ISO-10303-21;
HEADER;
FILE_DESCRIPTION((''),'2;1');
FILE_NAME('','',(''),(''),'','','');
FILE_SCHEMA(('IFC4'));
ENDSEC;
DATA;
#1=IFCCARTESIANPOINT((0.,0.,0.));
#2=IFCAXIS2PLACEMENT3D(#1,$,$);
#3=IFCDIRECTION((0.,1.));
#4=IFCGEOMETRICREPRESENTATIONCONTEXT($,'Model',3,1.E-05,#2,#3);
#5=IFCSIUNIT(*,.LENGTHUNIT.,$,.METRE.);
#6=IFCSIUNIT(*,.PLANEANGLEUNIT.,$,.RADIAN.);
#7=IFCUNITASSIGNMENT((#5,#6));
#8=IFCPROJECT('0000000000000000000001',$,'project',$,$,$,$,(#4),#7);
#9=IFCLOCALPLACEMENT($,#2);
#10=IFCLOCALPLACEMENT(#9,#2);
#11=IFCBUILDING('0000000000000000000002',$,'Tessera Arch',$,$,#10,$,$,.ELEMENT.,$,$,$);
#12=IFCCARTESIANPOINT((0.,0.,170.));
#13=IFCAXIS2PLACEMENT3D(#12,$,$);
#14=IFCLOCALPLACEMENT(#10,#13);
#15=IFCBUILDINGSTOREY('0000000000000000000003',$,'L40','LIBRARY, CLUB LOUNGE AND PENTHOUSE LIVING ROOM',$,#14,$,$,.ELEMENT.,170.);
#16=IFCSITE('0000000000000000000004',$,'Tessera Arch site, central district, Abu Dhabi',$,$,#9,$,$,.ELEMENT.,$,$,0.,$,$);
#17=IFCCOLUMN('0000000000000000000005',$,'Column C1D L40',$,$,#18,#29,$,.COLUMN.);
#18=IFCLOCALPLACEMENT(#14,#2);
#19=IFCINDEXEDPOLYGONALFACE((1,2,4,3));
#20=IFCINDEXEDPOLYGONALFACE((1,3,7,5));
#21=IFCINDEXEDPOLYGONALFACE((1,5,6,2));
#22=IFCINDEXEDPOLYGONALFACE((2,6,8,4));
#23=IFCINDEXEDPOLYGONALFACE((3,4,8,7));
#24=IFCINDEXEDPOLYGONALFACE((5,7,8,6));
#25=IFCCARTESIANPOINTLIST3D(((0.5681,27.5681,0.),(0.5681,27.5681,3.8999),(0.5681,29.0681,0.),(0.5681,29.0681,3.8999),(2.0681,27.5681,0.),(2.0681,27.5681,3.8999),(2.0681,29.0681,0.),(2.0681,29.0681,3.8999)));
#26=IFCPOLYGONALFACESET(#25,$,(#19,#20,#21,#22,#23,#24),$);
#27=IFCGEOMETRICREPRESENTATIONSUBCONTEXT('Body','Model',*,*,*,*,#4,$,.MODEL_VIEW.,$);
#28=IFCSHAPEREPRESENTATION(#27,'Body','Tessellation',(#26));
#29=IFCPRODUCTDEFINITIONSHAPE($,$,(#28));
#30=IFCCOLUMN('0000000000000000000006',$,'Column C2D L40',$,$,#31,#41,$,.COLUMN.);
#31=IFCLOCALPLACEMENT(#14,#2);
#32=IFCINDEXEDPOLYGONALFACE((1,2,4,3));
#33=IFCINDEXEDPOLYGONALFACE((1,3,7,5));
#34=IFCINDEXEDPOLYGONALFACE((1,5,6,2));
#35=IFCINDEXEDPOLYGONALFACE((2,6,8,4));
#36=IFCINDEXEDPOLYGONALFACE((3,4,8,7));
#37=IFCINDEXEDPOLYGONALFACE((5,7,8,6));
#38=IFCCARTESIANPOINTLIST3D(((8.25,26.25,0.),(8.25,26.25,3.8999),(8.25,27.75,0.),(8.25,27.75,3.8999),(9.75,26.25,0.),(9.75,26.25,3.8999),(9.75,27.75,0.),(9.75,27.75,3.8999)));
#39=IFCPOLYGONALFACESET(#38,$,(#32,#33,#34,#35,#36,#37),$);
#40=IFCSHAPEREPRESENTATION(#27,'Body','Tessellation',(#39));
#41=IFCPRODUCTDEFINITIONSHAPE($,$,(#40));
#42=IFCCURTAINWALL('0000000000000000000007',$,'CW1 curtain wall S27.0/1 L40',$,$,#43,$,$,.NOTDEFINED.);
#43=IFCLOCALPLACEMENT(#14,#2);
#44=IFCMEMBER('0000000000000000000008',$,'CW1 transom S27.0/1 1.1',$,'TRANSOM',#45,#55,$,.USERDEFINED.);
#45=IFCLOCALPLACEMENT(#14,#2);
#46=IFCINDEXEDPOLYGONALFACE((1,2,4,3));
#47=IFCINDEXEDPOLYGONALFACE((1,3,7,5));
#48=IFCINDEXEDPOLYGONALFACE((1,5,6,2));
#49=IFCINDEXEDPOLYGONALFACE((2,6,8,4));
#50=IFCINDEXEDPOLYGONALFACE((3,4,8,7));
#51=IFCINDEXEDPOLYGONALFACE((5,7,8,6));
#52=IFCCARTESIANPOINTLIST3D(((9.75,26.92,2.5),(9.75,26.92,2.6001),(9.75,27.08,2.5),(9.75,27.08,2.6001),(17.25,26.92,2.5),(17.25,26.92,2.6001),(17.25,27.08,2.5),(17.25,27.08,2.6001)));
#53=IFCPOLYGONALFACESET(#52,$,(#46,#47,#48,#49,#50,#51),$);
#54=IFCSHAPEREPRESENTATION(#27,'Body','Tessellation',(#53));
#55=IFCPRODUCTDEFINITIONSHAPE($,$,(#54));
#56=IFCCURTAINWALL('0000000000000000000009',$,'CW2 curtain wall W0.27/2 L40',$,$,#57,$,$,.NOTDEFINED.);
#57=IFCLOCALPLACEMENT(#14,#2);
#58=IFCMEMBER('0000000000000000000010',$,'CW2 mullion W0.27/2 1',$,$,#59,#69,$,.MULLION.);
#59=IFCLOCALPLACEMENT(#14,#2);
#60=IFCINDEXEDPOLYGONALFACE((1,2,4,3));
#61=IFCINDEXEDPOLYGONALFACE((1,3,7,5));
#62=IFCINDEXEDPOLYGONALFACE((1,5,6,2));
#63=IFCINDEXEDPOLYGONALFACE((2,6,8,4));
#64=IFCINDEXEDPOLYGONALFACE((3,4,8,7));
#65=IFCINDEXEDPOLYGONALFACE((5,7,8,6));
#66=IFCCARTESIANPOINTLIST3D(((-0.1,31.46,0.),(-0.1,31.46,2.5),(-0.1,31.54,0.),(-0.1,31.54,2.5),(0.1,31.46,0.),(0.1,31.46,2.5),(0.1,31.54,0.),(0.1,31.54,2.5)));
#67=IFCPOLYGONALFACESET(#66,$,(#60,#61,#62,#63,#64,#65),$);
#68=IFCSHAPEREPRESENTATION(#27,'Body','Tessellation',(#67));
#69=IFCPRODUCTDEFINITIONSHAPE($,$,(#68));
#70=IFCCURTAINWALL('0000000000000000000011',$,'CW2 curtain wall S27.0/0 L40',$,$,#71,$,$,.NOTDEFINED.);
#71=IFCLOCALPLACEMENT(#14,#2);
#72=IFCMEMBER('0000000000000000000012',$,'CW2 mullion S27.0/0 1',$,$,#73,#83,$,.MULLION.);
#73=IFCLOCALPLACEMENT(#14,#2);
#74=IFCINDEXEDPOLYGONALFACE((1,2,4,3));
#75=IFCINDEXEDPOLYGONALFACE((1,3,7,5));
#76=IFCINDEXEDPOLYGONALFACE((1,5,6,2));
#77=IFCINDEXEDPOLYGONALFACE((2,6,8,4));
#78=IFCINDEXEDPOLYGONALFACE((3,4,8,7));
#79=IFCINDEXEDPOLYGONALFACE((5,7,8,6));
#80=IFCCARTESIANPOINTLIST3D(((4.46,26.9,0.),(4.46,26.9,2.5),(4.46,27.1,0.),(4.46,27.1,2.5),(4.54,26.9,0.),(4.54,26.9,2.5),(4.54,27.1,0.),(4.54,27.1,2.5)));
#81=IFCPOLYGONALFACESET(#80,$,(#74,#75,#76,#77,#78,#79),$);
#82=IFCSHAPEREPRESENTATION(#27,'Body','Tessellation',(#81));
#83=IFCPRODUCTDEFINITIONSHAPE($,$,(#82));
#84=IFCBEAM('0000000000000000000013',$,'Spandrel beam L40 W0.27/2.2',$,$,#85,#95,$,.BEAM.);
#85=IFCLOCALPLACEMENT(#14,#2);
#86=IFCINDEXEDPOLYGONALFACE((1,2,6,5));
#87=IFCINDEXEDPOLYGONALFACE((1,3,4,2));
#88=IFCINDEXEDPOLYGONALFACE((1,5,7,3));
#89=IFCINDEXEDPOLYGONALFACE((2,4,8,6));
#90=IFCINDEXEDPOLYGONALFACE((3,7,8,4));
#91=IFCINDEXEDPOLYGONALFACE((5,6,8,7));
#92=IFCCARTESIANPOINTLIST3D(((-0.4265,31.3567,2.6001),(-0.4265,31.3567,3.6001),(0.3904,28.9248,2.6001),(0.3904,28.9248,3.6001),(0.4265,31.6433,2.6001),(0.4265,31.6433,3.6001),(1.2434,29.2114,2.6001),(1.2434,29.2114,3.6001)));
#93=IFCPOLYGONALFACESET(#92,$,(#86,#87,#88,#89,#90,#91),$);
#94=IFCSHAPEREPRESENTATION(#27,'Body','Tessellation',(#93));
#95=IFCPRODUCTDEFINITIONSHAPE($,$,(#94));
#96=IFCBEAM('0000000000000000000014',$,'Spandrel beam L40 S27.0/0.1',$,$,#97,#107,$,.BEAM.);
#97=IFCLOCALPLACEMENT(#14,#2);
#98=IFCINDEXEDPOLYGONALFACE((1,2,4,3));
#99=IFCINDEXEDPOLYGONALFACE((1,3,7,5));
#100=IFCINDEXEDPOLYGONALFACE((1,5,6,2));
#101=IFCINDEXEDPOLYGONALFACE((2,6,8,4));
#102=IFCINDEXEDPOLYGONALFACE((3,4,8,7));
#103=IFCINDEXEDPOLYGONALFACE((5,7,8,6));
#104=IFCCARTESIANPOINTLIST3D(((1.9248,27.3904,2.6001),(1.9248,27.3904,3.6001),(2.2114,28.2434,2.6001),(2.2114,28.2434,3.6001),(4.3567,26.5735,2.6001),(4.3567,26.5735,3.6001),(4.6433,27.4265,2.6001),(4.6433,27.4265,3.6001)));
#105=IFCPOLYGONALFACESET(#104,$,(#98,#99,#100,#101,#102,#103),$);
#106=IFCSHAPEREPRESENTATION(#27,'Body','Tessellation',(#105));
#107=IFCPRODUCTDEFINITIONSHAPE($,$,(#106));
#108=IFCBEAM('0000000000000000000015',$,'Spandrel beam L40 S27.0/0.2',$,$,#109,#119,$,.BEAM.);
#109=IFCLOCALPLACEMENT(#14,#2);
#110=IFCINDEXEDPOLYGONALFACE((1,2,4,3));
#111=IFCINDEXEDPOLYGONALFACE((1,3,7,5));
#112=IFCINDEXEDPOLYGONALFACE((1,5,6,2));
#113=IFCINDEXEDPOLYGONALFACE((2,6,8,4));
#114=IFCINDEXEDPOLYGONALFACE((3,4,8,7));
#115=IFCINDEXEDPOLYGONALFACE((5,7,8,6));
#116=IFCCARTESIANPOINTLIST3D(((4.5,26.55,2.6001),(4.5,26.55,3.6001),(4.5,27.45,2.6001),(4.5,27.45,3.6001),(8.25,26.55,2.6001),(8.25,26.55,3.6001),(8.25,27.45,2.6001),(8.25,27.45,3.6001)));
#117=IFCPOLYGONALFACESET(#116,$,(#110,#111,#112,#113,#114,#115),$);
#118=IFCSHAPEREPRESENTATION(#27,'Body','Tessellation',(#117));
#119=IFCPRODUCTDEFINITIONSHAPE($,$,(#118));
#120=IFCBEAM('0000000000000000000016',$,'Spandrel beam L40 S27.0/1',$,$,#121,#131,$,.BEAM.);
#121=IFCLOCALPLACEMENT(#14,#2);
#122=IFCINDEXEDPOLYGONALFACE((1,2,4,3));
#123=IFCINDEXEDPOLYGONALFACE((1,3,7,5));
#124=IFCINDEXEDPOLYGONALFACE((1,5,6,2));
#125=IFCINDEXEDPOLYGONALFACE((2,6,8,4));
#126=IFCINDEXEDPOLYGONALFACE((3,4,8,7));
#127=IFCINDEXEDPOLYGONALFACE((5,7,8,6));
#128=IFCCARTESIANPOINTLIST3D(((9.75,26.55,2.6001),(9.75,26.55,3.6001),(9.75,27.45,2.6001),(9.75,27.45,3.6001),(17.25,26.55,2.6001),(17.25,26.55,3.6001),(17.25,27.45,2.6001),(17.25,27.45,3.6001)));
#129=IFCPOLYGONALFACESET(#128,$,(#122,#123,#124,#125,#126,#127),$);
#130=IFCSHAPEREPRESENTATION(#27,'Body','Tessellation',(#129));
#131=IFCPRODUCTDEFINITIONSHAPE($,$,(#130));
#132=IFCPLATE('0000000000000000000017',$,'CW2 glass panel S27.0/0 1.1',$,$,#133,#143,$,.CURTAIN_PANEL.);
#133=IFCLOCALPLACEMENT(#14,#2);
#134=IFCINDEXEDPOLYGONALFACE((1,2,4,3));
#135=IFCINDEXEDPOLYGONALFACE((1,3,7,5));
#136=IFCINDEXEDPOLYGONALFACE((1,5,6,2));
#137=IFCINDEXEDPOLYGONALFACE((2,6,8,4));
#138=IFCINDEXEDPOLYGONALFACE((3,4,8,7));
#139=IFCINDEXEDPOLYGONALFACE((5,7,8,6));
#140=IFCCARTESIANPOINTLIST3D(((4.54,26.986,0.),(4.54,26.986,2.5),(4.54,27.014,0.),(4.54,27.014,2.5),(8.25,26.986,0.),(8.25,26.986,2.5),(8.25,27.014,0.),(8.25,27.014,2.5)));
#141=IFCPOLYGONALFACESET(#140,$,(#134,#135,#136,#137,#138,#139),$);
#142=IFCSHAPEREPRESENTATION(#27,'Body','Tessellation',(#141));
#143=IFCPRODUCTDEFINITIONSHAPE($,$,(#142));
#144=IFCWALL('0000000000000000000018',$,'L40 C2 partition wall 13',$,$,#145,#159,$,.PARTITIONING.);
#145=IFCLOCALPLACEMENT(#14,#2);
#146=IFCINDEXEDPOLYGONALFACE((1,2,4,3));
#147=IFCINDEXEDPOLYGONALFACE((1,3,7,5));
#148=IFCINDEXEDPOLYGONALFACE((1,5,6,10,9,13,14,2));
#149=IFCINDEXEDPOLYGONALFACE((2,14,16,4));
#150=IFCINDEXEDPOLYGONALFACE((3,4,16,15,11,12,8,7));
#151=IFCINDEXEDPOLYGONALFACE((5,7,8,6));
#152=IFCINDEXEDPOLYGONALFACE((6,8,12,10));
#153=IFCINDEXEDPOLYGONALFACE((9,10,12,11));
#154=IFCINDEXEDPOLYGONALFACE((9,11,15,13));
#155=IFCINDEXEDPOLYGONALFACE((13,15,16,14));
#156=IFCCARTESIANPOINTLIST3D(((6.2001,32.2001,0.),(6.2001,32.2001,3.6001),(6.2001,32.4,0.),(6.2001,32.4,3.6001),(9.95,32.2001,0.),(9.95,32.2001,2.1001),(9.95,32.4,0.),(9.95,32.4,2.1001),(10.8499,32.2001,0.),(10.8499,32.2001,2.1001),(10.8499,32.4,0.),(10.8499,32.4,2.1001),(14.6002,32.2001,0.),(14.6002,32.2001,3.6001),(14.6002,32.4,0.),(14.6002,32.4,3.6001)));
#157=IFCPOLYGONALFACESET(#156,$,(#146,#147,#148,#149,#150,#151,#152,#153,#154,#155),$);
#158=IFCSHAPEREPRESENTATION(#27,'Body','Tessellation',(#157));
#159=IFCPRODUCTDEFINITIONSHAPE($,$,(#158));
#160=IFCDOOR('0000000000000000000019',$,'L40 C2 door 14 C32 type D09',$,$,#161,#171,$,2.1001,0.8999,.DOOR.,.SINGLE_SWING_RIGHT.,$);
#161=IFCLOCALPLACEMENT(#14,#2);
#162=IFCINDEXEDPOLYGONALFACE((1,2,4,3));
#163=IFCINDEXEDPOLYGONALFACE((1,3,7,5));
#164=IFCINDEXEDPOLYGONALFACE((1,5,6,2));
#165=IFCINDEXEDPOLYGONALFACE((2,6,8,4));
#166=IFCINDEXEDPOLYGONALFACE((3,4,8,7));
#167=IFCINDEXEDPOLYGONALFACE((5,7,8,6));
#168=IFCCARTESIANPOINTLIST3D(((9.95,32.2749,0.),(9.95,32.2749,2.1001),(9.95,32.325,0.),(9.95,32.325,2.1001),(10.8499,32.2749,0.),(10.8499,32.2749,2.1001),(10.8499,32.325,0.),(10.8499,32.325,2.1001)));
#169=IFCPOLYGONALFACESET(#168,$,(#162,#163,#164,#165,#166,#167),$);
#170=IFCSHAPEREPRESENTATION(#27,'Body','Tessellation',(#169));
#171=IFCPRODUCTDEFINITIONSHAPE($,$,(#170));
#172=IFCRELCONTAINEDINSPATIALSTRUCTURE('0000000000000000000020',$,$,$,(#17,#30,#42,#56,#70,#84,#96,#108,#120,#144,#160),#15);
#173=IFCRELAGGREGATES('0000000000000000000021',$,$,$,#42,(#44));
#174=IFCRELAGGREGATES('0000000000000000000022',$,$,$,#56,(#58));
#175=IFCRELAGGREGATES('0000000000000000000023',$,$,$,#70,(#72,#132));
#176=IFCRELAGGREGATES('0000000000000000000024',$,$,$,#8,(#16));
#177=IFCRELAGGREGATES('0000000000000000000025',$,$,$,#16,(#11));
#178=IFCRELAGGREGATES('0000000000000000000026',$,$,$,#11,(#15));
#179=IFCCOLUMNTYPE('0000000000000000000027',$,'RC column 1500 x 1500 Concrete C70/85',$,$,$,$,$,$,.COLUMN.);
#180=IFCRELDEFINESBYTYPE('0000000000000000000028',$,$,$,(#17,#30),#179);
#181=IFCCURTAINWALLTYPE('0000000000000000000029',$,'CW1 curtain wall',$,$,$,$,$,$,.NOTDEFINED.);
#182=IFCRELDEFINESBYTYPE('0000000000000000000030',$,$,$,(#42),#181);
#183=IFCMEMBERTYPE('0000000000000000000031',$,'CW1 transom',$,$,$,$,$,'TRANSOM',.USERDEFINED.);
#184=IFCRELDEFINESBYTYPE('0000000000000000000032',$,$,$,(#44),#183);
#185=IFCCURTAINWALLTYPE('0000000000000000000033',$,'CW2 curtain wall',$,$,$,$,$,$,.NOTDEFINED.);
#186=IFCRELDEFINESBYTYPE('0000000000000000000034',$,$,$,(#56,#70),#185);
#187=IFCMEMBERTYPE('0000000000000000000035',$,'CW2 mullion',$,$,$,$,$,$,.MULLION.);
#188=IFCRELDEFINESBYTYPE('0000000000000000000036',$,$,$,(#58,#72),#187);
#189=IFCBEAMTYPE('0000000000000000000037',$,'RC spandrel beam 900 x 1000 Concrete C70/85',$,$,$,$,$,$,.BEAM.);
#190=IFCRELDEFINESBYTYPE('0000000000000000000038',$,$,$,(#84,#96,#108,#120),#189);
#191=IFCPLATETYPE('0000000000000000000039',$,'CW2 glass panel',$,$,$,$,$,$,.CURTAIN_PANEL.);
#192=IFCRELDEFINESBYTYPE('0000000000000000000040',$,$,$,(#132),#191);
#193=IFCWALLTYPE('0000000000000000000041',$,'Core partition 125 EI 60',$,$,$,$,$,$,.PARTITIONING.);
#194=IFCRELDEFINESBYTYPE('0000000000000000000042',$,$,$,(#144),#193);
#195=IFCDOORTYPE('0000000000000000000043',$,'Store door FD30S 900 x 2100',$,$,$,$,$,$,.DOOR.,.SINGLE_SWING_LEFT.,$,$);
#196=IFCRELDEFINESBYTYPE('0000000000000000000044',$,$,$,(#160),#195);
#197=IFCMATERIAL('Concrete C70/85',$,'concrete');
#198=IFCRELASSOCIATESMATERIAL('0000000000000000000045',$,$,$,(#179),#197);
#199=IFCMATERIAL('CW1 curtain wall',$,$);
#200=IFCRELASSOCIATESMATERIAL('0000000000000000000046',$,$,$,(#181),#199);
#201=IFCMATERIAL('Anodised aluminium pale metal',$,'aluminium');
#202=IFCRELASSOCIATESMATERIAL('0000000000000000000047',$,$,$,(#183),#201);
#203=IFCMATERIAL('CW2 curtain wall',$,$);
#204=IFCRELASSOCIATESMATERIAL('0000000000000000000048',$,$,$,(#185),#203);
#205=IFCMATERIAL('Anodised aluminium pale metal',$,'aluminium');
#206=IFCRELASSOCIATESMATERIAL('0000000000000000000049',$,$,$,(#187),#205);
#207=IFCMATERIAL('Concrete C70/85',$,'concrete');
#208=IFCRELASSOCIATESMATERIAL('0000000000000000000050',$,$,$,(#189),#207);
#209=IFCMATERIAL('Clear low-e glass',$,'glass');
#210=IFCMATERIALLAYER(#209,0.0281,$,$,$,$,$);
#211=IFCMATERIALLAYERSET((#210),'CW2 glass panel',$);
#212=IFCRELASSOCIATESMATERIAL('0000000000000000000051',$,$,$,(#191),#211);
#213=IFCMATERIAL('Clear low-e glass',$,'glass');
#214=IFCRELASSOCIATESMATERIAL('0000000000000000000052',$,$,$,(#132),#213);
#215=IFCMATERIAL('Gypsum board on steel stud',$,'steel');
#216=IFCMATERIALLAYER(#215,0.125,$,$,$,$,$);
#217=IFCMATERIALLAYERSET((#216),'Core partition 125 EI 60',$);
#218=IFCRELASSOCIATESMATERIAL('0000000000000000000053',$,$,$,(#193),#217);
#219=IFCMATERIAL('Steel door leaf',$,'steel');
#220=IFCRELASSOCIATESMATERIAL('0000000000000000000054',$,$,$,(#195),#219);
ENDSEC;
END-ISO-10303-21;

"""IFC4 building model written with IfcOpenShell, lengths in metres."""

from ifc_helpers import new_model, si_unit, direction, frame, frame_2d, origin, origin_2d, place, context, subcontext, project, spatial, rectangle, extrude, material, layer, layer_set, material_profile, profile_set, type_object, element, fill, aggregate, save


model = new_model("IFC4")

# Units and contexts
model_context = context("Model", 3, precision=1e-05, world=origin(), true_north=direction((0.0, 1.0)))
body_context = subcontext(model_context, "Body", "Model", "MODEL_VIEW")
ifc_project = project(units=[si_unit("LENGTHUNIT", "METRE"), si_unit("PLANEANGLEUNIT", "RADIAN")], contexts=[model_context])

# Site, building, storey
site_placement = place(None, origin())
site = spatial("IfcSite", under=ifc_project, at=site_placement, Name="Tessera Arch site, central district, Abu Dhabi", CompositionType="ELEMENT", RefElevation=0.0)
building_placement = place(site_placement, origin())
building = spatial("IfcBuilding", under=site, at=building_placement, Name="Tessera Arch", CompositionType="ELEMENT")
storey_placement = place(building_placement, frame((0.0, 0.0, 170.0)))
storey = spatial("IfcBuildingStorey", under=building, at=storey_placement, Name="L40", Description="LIBRARY, CLUB LOUNGE AND PENTHOUSE LIVING ROOM", CompositionType="ELEMENT", Elevation=170.0)

# Columns
ifc_material_1 = material(Name="Concrete C70/85", Category="concrete")
ifc_material_profile_1 = material_profile(ifc_material_1, rectangle(XDim=1.5, YDim=1.5, at=origin_2d()), Name="RC column 1500 x 1500 Concrete C70/85")
ifc_profile_set_1 = profile_set([ifc_material_profile_1], Name="Concrete C70/85")
column_type = type_object("IfcColumnType", Name="RC column 1500 x 1500 Concrete C70/85", PredefinedType="COLUMN", material=ifc_profile_set_1)
for number, where, z_axis, x_axis, name in (
    (1, (1.3181, 28.3181, 0.0), (0.0, 0.0, 1.0), (1.0, 0.0, 0.0), "Column C1D L40"),
    (2, (9.0, 27.0, 0.0), (0.0, 0.0, 1.0), (1.0, 0.0, 0.0), "Column C2D L40"),
):
    element("IfcColumn", number, at=place(storey_placement, frame(where, z_axis=z_axis, x_axis=x_axis)), inside=storey, type_object=column_type, Name=name, PredefinedType="COLUMN", context=body_context, shape_type="SweptSolid", body=[
        extrude(rectangle(XDim=1.5, YDim=1.5, at=origin_2d()), origin(), (0.0, 0.0, 1.0), 3.8999),
    ])

# Curtain walls, members
ifc_material_2 = material(Name="CW1 curtain wall")
curtain_wall_type_1 = type_object("IfcCurtainWallType", Name="CW1 curtain wall", PredefinedType="NOTDEFINED", material=ifc_material_2)
curtain_wall_1_placement = place(storey_placement, origin())
curtain_wall_1 = element("IfcCurtainWall", 3, at=curtain_wall_1_placement, inside=storey, type_object=curtain_wall_type_1, Name="CW1 curtain wall S27.0/1 L40", PredefinedType="NOTDEFINED")
ifc_material_3 = material(Name="Anodised aluminium pale metal", Category="aluminium")
ifc_material_profile_2 = material_profile(ifc_material_3, rectangle(XDim=0.1599, YDim=0.1001, at=origin_2d()), Name="AL 160x100")
ifc_profile_set_2 = profile_set([ifc_material_profile_2], Name="Anodised aluminium pale metal")
member_type_1 = type_object("IfcMemberType", Name="CW1 transom", ElementType="TRANSOM", PredefinedType="USERDEFINED", material=ifc_profile_set_2)
member_1_placement = place(storey_placement, frame((9.75, 27.0, 2.55), z_axis=(1.0, 0.0, 0.0), x_axis=(0.0, 1.0, 0.0)))
member_1 = element("IfcMember", 4, at=member_1_placement, type_object=member_type_1, Name="CW1 transom S27.0/1 1.1", ObjectType="TRANSOM", PredefinedType="USERDEFINED", context=body_context, shape_type="SweptSolid", body=[
    extrude(rectangle(XDim=0.1599, YDim=0.1001, at=origin_2d()), origin(), (0.0, 0.0, 1.0), 7.5),
])
aggregate(curtain_wall_1, [member_1])
ifc_material_4 = material(Name="CW2 curtain wall")
curtain_wall_type_2 = type_object("IfcCurtainWallType", Name="CW2 curtain wall", PredefinedType="NOTDEFINED", material=ifc_material_4)
curtain_wall_2_placement = place(storey_placement, origin())
curtain_wall_2 = element("IfcCurtainWall", 5, at=curtain_wall_2_placement, inside=storey, type_object=curtain_wall_type_2, Name="CW2 curtain wall W0.27/2 L40", PredefinedType="NOTDEFINED")
ifc_material_5 = material(Name="Anodised aluminium pale metal", Category="aluminium")
ifc_material_profile_3 = material_profile(ifc_material_5, rectangle(XDim=0.2, YDim=0.0801, at=origin_2d()), Name="AL 80x200")
ifc_profile_set_3 = profile_set([ifc_material_profile_3], Name="Anodised aluminium pale metal")
member_type_2 = type_object("IfcMemberType", Name="CW2 mullion", PredefinedType="MULLION", material=ifc_profile_set_3)
member_2_placement = place(storey_placement, frame((0.0, 31.5, 0.0), z_axis=(0.0, 0.0, 1.0), x_axis=(1.0, 0.0, 0.0)))
member_2 = element("IfcMember", 6, at=member_2_placement, type_object=member_type_2, Name="CW2 mullion W0.27/2 1", PredefinedType="MULLION", context=body_context, shape_type="SweptSolid", body=[
    extrude(rectangle(XDim=0.2, YDim=0.0801, at=origin_2d()), origin(), (0.0, 0.0, 1.0), 2.5),
])
aggregate(curtain_wall_2, [member_2])
curtain_wall_3_placement = place(storey_placement, origin())
curtain_wall_3 = element("IfcCurtainWall", 7, at=curtain_wall_3_placement, inside=storey, type_object=curtain_wall_type_2, Name="CW2 curtain wall S27.0/0 L40", PredefinedType="NOTDEFINED")
member_3_placement = place(storey_placement, frame((4.5, 27.0, 0.0), z_axis=(0.0, 0.0, 1.0), x_axis=(0.0, 1.0, 0.0)))
member_3 = element("IfcMember", 8, at=member_3_placement, type_object=member_type_2, Name="CW2 mullion S27.0/0 1", PredefinedType="MULLION", context=body_context, shape_type="SweptSolid", body=[
    extrude(rectangle(XDim=0.2, YDim=0.0801, at=origin_2d()), origin(), (0.0, 0.0, 1.0), 2.5),
])

# Beams
ifc_material_6 = material(Name="Concrete C70/85", Category="concrete")
ifc_material_profile_4 = material_profile(ifc_material_6, rectangle(XDim=0.8999, YDim=1.0, at=origin_2d()), Name="RC spandrel beam 900 x 1000 Concrete C70/85")
ifc_profile_set_4 = profile_set([ifc_material_profile_4], Name="Concrete C70/85")
beam_type = type_object("IfcBeamType", Name="RC spandrel beam 900 x 1000 Concrete C70/85", PredefinedType="BEAM", material=ifc_profile_set_4)
for number, where, z_axis, x_axis, name in (
    (9, (0.0, 31.5, 3.1001), (0.318425, -0.947948, 0.0), (0.947948, 0.318425, 0.0), "Spandrel beam L40 W0.27/2.2"),
    (10, (2.0681, 27.8169, 3.1001), (0.947948, -0.318425, 0.0), (0.318425, 0.947948, 0.0), "Spandrel beam L40 S27.0/0.1"),
):
    element("IfcBeam", number, at=place(storey_placement, frame(where, z_axis=z_axis, x_axis=x_axis)), inside=storey, type_object=beam_type, Name=name, PredefinedType="BEAM", context=body_context, shape_type="SweptSolid", body=[
        extrude(rectangle(XDim=0.8999, YDim=1.0, at=origin_2d()), origin(), (0.0, 0.0, 1.0), 2.5654),
    ])
beam_1_placement = place(storey_placement, frame((4.5, 27.0, 3.1001), z_axis=(1.0, 0.0, 0.0), x_axis=(0.0, 1.0, 0.0)))
element("IfcBeam", 11, at=beam_1_placement, inside=storey, type_object=beam_type, Name="Spandrel beam L40 S27.0/0.2", PredefinedType="BEAM", context=body_context, shape_type="SweptSolid", body=[
    extrude(rectangle(XDim=0.8999, YDim=1.0, at=origin_2d()), origin(), (0.0, 0.0, 1.0), 3.75),
])
beam_2_placement = place(storey_placement, frame((9.75, 27.0, 3.1001), z_axis=(1.0, 0.0, 0.0), x_axis=(0.0, 1.0, 0.0)))
element("IfcBeam", 12, at=beam_2_placement, inside=storey, type_object=beam_type, Name="Spandrel beam L40 S27.0/1", PredefinedType="BEAM", context=body_context, shape_type="SweptSolid", body=[
    extrude(rectangle(XDim=0.8999, YDim=1.0, at=origin_2d()), origin(), (0.0, 0.0, 1.0), 7.5),
])

# Plate
ifc_material_7 = material(Name="Clear low-e glass", Category="glass")
ifc_material_8 = material(Name="Clear low-e glass", Category="glass")
ifc_layer_1 = layer(ifc_material_8, 0.0281)
ifc_layer_set_1 = layer_set([ifc_layer_1], Name="CW2 glass panel")
plate_type = type_object("IfcPlateType", Name="CW2 glass panel", PredefinedType="CURTAIN_PANEL", material=ifc_layer_set_1)
plate_placement = place(storey_placement, frame((6.395, 27.0, 0.0), z_axis=(0.0, 0.0, 1.0), x_axis=(1.0, 0.0, 0.0)))
plate = element("IfcPlate", 13, at=plate_placement, type_object=plate_type, material=ifc_material_7, Name="CW2 glass panel S27.0/0 1.1", PredefinedType="CURTAIN_PANEL", context=body_context, shape_type="SweptSolid", body=[
    extrude(rectangle(XDim=3.71, YDim=0.0281, at=origin_2d()), origin(), (0.0, 0.0, 1.0), 2.5),
])
aggregate(curtain_wall_3, [member_3, plate])

# Wall, opening, door
ifc_material_9 = material(Name="Gypsum board on steel stud", Category="steel")
ifc_layer_2 = layer(ifc_material_9, 0.125)
ifc_layer_set_2 = layer_set([ifc_layer_2], Name="Core partition 125 EI 60")
wall_type_1 = type_object("IfcWallType", Name="Core partition 125 EI 60", PredefinedType="PARTITIONING", material=ifc_layer_set_2)
wall_1_placement = place(storey_placement, frame((6.2, 32.3, 0.0), z_axis=(0.0, 0.0, 1.0), x_axis=(1.0, 0.0, 0.0)))
wall_1 = element("IfcWall", 14, at=wall_1_placement, inside=storey, type_object=wall_type_1, Name="L40 C2 partition wall 13", PredefinedType="PARTITIONING", context=body_context, shape_type="SweptSolid", body=[
    extrude(rectangle(XDim=8.4001, YDim=0.2, at=frame_2d((4.2002, 0.0))), origin(), (0.0, 0.0, 1.0), 3.6001),
])
opening_1_placement = place(wall_1_placement, frame((3.75, 0.0, 0.0)))
opening_1 = element("IfcOpeningElement", 15, at=opening_1_placement, cuts=wall_1, PredefinedType="OPENING", context=body_context, shape_type="SweptSolid", body=[
    extrude(rectangle(XDim=0.8999, YDim=2.1001, at=frame_2d((0.45, 1.05))), frame((0.0, 0.1099, 0.0), z_axis=(0.0, -1.0, 0.0), x_axis=(1.0, 0.0, 0.0)), (0.0, 0.0, 1.0), 0.22),
])
ifc_material_10 = material(Name="Steel door leaf", Category="steel")
door_type_1 = type_object("IfcDoorType", Name="Store door FD30S 900 x 2100", OperationType="SINGLE_SWING_LEFT", PredefinedType="DOOR", material=ifc_material_10)
door_1_placement = place(opening_1_placement, origin())
door_1 = element("IfcDoor", 16, at=door_1_placement, inside=storey, type_object=door_type_1, Name="L40 C2 door 14 C32 type D09", OperationType="SINGLE_SWING_RIGHT", OverallHeight=2.1001, OverallWidth=0.8999, PredefinedType="DOOR", context=body_context, shape_type="SweptSolid", body=[
    extrude(rectangle(XDim=0.8999, YDim=2.1001, at=frame_2d((0.45, 1.05))), frame((0.0, 0.0249, 0.0), z_axis=(0.0, -1.0, 0.0), x_axis=(1.0, 0.0, 0.0)), (0.0, 0.0, 1.0), 0.05),
])
fill(opening_1, door_1)

save(model, "model.ifc")
